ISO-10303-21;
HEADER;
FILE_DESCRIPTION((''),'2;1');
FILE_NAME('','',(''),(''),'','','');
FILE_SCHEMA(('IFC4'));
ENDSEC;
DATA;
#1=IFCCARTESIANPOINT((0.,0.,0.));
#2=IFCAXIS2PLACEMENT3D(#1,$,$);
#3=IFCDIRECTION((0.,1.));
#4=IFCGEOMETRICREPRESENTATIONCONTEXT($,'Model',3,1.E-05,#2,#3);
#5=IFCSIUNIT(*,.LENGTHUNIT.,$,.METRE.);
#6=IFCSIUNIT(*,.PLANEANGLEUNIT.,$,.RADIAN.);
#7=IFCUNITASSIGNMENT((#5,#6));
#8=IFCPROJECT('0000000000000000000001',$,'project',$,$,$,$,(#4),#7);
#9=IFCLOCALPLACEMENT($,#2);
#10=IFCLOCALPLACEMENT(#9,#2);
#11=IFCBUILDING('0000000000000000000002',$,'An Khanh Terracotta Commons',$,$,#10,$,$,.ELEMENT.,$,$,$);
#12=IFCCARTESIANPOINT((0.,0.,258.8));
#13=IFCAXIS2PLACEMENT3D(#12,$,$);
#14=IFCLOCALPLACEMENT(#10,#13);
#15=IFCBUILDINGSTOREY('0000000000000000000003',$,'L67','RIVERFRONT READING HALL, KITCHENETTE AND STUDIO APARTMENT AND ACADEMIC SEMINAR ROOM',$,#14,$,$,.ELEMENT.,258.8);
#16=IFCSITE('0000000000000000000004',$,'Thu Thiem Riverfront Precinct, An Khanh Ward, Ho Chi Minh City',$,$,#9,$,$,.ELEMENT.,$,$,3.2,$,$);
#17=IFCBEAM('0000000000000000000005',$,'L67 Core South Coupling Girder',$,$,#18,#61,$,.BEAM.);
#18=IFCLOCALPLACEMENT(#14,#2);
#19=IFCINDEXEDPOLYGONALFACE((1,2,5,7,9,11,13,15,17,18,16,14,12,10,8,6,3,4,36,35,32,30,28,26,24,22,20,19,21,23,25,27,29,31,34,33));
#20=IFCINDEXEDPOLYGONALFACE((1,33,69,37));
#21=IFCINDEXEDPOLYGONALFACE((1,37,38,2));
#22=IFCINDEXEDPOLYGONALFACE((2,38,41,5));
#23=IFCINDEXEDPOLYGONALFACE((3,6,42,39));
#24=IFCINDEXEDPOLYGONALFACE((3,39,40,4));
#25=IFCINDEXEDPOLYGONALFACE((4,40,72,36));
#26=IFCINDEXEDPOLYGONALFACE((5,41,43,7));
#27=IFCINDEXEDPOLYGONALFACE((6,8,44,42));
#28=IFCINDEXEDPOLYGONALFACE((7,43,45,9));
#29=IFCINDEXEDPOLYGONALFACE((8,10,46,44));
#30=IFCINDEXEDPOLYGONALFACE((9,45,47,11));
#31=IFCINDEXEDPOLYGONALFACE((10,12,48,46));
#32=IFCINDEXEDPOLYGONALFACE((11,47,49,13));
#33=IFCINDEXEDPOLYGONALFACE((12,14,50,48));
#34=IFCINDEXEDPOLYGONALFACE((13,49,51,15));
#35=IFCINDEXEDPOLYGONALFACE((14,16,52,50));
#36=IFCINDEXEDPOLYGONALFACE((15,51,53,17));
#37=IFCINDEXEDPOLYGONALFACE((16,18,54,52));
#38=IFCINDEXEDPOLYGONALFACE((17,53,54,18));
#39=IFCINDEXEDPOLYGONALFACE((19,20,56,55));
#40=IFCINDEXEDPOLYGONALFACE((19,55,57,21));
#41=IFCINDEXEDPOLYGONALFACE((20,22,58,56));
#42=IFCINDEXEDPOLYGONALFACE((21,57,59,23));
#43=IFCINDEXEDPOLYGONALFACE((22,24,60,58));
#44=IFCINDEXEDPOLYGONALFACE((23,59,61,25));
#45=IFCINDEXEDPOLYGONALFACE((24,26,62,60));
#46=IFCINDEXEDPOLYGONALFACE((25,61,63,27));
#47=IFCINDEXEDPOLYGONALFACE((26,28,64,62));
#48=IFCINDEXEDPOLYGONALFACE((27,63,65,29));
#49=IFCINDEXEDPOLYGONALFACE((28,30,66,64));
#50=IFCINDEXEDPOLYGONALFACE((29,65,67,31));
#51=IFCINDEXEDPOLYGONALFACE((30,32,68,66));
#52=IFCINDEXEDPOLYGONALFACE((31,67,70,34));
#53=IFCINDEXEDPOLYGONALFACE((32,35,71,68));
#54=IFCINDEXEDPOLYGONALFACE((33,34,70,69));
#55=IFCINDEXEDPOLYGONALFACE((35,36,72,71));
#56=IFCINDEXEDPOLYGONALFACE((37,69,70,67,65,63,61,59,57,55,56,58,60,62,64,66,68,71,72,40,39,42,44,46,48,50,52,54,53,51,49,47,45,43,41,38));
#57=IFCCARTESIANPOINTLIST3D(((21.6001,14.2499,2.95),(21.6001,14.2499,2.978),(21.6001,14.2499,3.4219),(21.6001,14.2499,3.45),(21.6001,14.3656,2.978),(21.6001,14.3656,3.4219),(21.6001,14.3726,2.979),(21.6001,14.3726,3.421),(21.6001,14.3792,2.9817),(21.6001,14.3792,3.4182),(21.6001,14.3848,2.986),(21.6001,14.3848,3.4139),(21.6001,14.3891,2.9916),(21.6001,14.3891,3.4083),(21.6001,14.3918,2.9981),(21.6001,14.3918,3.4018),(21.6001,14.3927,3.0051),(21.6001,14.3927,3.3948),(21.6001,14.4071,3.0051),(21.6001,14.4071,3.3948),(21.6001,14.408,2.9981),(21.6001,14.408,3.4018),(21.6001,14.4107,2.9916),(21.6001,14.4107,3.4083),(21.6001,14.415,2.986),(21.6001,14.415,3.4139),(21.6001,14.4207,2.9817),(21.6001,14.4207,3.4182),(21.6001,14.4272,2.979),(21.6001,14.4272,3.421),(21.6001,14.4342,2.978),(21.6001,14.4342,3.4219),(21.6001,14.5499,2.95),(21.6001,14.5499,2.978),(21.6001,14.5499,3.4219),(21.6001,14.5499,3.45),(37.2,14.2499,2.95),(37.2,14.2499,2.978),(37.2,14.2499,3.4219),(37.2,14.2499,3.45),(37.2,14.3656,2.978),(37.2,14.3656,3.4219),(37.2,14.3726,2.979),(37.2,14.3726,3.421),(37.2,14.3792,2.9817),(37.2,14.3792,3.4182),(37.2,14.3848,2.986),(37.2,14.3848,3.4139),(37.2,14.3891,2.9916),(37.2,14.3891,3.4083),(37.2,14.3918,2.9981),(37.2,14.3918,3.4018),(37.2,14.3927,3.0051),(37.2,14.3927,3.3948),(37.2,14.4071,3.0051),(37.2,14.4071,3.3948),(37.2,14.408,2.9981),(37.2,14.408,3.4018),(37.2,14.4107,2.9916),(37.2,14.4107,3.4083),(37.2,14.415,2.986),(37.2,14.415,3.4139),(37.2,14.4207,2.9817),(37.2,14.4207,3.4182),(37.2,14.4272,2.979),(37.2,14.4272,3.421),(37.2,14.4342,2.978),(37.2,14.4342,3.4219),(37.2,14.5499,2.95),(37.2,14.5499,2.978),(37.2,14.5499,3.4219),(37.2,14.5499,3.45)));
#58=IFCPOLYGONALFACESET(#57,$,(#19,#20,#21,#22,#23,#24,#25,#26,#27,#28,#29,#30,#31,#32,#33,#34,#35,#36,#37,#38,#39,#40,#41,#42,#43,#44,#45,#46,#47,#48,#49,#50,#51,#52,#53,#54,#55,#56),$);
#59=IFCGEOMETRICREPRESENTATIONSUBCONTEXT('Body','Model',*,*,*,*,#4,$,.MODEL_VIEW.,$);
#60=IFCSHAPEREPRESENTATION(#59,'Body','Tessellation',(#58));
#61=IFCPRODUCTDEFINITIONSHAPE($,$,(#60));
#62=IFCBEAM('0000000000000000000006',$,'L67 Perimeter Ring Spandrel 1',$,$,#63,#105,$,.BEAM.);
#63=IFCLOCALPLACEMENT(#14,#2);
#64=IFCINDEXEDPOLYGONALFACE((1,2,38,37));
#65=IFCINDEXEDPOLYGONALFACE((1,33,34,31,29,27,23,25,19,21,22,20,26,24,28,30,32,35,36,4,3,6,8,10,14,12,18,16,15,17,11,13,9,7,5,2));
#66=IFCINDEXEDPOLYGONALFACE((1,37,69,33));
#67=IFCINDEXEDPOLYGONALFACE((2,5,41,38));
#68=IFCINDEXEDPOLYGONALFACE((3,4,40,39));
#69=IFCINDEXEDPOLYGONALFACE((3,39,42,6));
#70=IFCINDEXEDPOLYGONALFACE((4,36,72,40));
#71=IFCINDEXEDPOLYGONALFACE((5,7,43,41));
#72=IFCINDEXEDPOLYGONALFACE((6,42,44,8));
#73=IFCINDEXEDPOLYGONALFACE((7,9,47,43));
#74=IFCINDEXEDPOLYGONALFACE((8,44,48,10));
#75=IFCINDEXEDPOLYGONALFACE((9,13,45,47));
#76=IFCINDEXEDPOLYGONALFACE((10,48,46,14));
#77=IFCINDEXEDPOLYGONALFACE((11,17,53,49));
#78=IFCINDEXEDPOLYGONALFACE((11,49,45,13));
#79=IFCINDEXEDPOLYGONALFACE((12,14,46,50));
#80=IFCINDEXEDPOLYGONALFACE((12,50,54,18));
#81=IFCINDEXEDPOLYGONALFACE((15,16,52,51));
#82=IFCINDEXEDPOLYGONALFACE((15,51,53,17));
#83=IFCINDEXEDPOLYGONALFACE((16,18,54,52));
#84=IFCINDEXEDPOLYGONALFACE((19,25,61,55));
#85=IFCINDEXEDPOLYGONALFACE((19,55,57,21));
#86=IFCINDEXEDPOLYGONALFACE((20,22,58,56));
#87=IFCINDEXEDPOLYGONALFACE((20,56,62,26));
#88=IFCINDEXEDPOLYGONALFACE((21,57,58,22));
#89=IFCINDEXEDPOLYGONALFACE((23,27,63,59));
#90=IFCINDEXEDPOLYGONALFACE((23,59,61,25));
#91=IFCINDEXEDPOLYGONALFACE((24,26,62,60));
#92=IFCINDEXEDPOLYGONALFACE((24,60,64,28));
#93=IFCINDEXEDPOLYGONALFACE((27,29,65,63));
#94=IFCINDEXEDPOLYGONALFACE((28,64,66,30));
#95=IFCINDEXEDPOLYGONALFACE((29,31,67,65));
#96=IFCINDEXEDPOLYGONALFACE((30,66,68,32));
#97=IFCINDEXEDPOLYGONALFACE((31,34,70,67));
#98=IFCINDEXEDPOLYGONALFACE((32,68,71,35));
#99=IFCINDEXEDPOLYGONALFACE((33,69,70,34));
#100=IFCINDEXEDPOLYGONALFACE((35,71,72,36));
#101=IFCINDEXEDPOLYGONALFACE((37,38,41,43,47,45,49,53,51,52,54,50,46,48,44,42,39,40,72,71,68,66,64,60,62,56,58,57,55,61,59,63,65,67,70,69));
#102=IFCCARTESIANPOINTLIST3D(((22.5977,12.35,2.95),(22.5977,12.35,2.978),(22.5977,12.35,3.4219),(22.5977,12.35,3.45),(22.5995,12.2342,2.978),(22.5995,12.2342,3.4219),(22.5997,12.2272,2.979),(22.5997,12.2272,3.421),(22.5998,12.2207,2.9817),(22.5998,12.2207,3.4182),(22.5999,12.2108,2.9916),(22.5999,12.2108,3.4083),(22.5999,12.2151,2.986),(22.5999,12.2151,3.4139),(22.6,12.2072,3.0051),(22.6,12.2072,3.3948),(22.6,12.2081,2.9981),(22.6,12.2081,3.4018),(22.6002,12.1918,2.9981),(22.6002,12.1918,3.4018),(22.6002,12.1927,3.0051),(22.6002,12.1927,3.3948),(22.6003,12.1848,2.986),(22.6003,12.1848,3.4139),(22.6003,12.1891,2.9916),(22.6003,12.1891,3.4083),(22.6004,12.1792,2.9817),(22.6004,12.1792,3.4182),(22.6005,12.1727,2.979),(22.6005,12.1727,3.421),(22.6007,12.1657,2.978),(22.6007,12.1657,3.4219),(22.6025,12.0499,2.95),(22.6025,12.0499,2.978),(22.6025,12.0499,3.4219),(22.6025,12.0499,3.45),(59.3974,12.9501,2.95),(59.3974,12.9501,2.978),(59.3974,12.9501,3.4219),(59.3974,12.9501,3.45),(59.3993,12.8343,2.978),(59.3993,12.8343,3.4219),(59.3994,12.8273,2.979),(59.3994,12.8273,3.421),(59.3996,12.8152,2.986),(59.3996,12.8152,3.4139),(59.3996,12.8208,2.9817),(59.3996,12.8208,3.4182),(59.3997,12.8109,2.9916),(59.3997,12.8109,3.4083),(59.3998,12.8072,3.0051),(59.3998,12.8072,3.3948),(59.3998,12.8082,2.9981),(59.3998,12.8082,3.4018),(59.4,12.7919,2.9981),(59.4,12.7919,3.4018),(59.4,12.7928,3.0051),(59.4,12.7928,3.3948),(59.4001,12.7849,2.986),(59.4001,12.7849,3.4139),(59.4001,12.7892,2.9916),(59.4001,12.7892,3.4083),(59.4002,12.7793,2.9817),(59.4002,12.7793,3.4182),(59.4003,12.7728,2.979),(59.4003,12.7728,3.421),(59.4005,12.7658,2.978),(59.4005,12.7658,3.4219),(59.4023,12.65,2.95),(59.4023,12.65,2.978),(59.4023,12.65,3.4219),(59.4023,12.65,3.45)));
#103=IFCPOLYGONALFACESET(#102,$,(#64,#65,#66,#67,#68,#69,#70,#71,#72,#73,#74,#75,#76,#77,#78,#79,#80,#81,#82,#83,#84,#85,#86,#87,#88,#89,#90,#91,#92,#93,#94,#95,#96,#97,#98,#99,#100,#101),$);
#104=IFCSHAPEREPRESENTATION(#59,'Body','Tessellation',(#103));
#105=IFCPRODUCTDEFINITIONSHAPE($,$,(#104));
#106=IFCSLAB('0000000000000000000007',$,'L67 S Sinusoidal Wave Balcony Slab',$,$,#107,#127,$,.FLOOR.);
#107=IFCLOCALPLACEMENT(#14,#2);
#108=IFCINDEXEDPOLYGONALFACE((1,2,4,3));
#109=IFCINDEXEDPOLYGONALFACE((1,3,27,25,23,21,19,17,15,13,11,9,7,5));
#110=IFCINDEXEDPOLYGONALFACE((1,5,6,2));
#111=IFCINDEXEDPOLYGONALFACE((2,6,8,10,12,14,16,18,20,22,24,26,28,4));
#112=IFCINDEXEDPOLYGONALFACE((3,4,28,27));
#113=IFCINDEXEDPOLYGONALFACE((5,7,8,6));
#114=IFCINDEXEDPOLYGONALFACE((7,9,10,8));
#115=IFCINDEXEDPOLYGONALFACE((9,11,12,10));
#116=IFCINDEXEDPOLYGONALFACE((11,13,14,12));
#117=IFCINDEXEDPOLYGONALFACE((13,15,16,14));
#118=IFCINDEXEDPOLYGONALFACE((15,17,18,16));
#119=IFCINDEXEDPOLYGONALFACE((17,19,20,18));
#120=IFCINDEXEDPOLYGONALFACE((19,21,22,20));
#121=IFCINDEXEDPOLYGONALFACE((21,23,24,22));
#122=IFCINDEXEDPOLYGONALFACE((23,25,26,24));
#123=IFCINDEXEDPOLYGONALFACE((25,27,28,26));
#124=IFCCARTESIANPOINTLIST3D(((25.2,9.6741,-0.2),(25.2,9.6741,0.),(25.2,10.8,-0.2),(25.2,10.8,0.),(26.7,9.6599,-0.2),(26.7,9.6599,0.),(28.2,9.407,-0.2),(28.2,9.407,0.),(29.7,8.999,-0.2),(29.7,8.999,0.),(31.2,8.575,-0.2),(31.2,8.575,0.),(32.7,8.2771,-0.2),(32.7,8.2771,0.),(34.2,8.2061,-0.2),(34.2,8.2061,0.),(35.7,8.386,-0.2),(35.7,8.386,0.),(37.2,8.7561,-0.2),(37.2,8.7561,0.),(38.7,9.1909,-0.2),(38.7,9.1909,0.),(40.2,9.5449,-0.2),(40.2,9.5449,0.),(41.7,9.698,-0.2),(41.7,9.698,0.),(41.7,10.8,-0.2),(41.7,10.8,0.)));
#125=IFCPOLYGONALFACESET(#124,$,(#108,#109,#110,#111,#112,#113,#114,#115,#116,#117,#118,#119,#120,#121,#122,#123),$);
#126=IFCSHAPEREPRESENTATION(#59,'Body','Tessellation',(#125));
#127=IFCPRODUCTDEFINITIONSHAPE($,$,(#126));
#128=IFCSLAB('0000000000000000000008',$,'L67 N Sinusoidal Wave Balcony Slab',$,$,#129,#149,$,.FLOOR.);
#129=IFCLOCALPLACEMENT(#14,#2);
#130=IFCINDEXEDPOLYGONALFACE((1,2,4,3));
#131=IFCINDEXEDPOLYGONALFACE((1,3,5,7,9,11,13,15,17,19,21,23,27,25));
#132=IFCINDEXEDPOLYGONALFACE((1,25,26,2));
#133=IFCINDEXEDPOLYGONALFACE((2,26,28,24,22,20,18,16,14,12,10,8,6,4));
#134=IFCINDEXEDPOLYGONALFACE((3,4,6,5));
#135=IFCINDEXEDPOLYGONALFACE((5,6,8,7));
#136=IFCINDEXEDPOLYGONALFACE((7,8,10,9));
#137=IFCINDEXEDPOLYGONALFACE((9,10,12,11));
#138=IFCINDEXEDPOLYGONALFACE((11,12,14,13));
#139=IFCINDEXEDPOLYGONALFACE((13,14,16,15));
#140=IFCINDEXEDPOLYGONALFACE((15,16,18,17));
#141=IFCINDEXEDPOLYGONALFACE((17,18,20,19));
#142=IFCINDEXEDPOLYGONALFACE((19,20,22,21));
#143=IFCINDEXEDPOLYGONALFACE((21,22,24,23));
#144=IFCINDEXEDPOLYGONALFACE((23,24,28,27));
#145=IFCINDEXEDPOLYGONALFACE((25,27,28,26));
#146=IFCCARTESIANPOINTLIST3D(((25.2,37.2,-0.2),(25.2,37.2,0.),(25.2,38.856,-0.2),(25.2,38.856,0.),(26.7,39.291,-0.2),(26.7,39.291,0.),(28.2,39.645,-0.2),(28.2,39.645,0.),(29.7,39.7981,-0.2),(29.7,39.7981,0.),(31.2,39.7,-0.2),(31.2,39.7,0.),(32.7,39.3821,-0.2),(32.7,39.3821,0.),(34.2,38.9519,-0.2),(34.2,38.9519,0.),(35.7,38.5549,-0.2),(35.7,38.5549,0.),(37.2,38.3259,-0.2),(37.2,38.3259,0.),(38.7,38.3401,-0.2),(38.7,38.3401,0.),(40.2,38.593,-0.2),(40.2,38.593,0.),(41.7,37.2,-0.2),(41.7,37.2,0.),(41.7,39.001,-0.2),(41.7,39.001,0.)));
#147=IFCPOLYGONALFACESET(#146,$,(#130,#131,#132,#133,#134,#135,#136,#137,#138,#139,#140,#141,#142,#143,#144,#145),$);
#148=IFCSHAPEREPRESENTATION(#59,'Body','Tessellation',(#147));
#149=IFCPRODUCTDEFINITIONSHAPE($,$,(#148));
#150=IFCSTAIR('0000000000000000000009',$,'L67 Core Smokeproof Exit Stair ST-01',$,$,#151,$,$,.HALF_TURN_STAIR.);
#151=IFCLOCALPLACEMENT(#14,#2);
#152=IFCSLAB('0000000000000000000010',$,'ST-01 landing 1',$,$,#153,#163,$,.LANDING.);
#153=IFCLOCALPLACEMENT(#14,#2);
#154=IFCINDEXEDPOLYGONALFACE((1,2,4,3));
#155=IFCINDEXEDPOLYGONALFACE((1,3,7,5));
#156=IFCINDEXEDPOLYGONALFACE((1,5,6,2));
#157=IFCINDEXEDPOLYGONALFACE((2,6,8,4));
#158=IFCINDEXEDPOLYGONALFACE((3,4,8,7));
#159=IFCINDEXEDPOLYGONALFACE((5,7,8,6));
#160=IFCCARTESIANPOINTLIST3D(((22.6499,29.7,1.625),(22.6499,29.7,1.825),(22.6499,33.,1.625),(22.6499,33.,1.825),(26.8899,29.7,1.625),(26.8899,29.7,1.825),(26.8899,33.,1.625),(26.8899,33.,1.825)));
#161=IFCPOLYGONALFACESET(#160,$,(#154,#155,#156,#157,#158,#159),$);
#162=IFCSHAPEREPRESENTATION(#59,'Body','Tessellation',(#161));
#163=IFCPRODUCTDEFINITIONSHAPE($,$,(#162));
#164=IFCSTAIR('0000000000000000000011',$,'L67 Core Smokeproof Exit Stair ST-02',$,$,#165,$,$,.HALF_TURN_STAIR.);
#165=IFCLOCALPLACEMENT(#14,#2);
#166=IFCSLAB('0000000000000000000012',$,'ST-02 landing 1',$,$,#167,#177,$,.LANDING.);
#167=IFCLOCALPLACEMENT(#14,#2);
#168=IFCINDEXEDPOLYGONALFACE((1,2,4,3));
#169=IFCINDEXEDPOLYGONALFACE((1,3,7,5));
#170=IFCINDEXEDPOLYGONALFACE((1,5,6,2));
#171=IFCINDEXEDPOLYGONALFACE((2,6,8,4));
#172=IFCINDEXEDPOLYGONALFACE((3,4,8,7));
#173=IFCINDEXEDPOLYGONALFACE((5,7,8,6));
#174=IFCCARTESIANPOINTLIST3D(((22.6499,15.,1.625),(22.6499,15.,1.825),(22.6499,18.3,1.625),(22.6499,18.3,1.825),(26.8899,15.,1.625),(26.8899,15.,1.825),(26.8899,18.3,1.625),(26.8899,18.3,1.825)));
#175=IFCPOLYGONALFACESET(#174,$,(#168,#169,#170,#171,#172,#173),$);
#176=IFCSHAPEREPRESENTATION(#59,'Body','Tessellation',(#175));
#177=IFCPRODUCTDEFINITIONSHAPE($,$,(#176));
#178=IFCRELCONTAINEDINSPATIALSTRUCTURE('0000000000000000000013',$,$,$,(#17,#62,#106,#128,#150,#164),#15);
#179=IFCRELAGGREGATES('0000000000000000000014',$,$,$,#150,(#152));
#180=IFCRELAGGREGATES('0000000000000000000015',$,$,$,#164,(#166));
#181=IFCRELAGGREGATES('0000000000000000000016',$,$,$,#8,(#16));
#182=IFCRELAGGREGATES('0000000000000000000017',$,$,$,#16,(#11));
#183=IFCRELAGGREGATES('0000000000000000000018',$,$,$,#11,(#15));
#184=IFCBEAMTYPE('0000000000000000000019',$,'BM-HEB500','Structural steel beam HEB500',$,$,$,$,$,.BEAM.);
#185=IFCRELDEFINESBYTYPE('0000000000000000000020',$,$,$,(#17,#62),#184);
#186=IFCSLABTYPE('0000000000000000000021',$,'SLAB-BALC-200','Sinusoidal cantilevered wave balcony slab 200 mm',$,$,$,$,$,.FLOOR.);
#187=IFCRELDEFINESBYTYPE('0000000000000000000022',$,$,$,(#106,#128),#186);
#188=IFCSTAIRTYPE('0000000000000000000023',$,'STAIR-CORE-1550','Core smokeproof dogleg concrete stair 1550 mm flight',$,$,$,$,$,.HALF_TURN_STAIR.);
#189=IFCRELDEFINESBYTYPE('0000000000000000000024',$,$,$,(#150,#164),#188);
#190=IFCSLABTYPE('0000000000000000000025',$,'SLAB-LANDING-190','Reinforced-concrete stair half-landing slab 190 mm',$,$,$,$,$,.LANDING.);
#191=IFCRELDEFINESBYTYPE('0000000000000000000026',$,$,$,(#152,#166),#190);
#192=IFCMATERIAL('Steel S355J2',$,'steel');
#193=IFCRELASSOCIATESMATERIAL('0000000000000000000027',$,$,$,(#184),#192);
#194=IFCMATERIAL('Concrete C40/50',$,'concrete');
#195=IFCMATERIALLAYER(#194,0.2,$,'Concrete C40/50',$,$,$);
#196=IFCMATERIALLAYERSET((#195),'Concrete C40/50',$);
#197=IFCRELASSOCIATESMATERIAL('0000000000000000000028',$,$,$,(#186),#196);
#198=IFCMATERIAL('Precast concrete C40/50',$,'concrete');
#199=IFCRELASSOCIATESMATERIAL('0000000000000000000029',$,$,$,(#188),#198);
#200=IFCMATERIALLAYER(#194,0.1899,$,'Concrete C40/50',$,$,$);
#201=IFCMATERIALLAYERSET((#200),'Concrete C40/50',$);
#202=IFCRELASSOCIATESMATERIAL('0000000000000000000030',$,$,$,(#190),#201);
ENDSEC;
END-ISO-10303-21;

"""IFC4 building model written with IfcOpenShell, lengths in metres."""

from ifc_helpers import new_model, si_unit, direction, frame, origin, origin_2d, place, context, subcontext, project, spatial, polyline, i_section, outline, extrude, material, layer, layer_set, material_profile, profile_set, type_object, element, aggregate, save


model = new_model("IFC4")

# Units and contexts
model_context = context("Model", 3, precision=1e-05, world=origin(), true_north=direction((0.0, 1.0)))
body_context = subcontext(model_context, "Body", "Model", "MODEL_VIEW")
ifc_project = project(units=[si_unit("LENGTHUNIT", "METRE"), si_unit("PLANEANGLEUNIT", "RADIAN")], contexts=[model_context])

# Site, building, storey
site_placement = place(None, origin())
site = spatial("IfcSite", under=ifc_project, at=site_placement, Name="Thu Thiem Riverfront Precinct, An Khanh Ward, Ho Chi Minh City", CompositionType="ELEMENT", RefElevation=3.2)
building_placement = place(site_placement, origin())
building = spatial("IfcBuilding", under=site, at=building_placement, Name="An Khanh Terracotta Commons", CompositionType="ELEMENT")
storey_placement = place(building_placement, frame((0.0, 0.0, 258.8)))
storey = spatial("IfcBuildingStorey", under=building, at=storey_placement, Name="L67", Description="RIVERFRONT READING HALL, KITCHENETTE AND STUDIO APARTMENT AND ACADEMIC SEMINAR ROOM", CompositionType="ELEMENT", Elevation=258.8)

# Beams
ifc_material_1 = material(Name="Steel S355J2", Category="steel")
ifc_material_profile_1 = material_profile(ifc_material_1, i_section(OverallWidth=0.3, OverallDepth=0.5, WebThickness=0.0144, FlangeThickness=0.0281, FilletRadius=0.0271, at=origin_2d()), Name="HEB500")
ifc_profile_set_1 = profile_set([ifc_material_profile_1], Name="Steel S355J2")
beam_type_1 = type_object("IfcBeamType", Name="BM-HEB500", Description="Structural steel beam HEB500", PredefinedType="BEAM", material=ifc_profile_set_1)
beam_1_placement = place(storey_placement, frame((21.6001, 14.3999, 3.2), z_axis=(1.0, 0.0, 0.0), x_axis=(0.0, 1.0, 0.0)))
element("IfcBeam", 1, at=beam_1_placement, inside=storey, type_object=beam_type_1, Name="L67 Core South Coupling Girder", PredefinedType="BEAM", context=body_context, shape_type="SweptSolid", body=[
    extrude(i_section(OverallWidth=0.3, OverallDepth=0.5, WebThickness=0.0144, FlangeThickness=0.0281, FilletRadius=0.0271, at=origin_2d()), origin(), (0.0, 0.0, 1.0), 15.5999),
])
beam_2_placement = place(storey_placement, frame((22.6001, 12.2, 3.2), z_axis=(0.999867, 0.016305, 0.0), x_axis=(-0.016305, 0.999867, 0.0)))
element("IfcBeam", 2, at=beam_2_placement, inside=storey, type_object=beam_type_1, Name="L67 Perimeter Ring Spandrel 1", PredefinedType="BEAM", context=body_context, shape_type="SweptSolid", body=[
    extrude(i_section(OverallWidth=0.3, OverallDepth=0.5, WebThickness=0.0144, FlangeThickness=0.0281, FilletRadius=0.0271, at=origin_2d()), origin(), (0.0, 0.0, 1.0), 36.8047),
])

# Slabs
ifc_material_2 = material(Name="Concrete C40/50", Category="concrete")
ifc_layer_1 = layer(ifc_material_2, 0.2, Name="Concrete C40/50")
ifc_layer_set_1 = layer_set([ifc_layer_1], Name="Concrete C40/50")
slab_type_1 = type_object("IfcSlabType", Name="SLAB-BALC-200", Description="Sinusoidal cantilevered wave balcony slab 200 mm", PredefinedType="FLOOR", material=ifc_layer_set_1)
slab_1_placement = place(storey_placement, frame((0.0, 0.0, -0.2)))
element("IfcSlab", 3, at=slab_1_placement, inside=storey, type_object=slab_type_1, Name="L67 S Sinusoidal Wave Balcony Slab", PredefinedType="FLOOR", context=body_context, shape_type="SweptSolid", body=[
    extrude(outline(polyline([(25.2, 10.8), (25.2, 9.6741), (26.7, 9.6599), (28.2, 9.407), (29.7, 8.999), (31.2, 8.575), (32.7, 8.2771), (34.2, 8.2061), (35.7, 8.386), (37.2, 8.7561), (38.7, 9.1909), (40.2, 9.5449), (41.7, 9.698), (41.7, 10.8), (25.2, 10.8)])), origin(), (0.0, 0.0, 1.0), 0.2),
])
slab_2_placement = place(storey_placement, frame((0.0, 0.0, -0.2)))
element("IfcSlab", 4, at=slab_2_placement, inside=storey, type_object=slab_type_1, Name="L67 N Sinusoidal Wave Balcony Slab", PredefinedType="FLOOR", context=body_context, shape_type="SweptSolid", body=[
    extrude(outline(polyline([(41.7, 37.2), (41.7, 39.001), (40.2, 38.593), (38.7, 38.3401), (37.2, 38.3259), (35.7, 38.5549), (34.2, 38.9519), (32.7, 39.3821), (31.2, 39.7), (29.7, 39.7981), (28.2, 39.645), (26.7, 39.291), (25.2, 38.856), (25.2, 37.2), (41.7, 37.2)])), origin(), (0.0, 0.0, 1.0), 0.2),
])

# Stairs, slabs
ifc_material_3 = material(Name="Precast concrete C40/50", Category="concrete")
stair_type = type_object("IfcStairType", Name="STAIR-CORE-1550", Description="Core smokeproof dogleg concrete stair 1550 mm flight", PredefinedType="HALF_TURN_STAIR", material=ifc_material_3)
stair_1_placement = place(storey_placement, origin())
stair_1 = element("IfcStair", 5, at=stair_1_placement, inside=storey, type_object=stair_type, Name="L67 Core Smokeproof Exit Stair ST-01", PredefinedType="HALF_TURN_STAIR")
ifc_layer_2 = layer(ifc_material_2, 0.1899, Name="Concrete C40/50")
ifc_layer_set_2 = layer_set([ifc_layer_2], Name="Concrete C40/50")
slab_type_2 = type_object("IfcSlabType", Name="SLAB-LANDING-190", Description="Reinforced-concrete stair half-landing slab 190 mm", PredefinedType="LANDING", material=ifc_layer_set_2)
slab_3_placement = place(storey_placement, frame((0.0, 0.0, 1.625)))
slab_3 = element("IfcSlab", 6, at=slab_3_placement, type_object=slab_type_2, Name="ST-01 landing 1", PredefinedType="LANDING", context=body_context, shape_type="SweptSolid", body=[
    extrude(outline(polyline([(26.8899, 33.0), (22.6499, 33.0), (22.6499, 29.7), (26.8899, 29.7), (26.8899, 33.0)])), origin(), (0.0, 0.0, 1.0), 0.2),
])
aggregate(stair_1, [slab_3])
stair_2_placement = place(storey_placement, origin())
stair_2 = element("IfcStair", 7, at=stair_2_placement, inside=storey, type_object=stair_type, Name="L67 Core Smokeproof Exit Stair ST-02", PredefinedType="HALF_TURN_STAIR")
slab_4_placement = place(storey_placement, frame((0.0, 0.0, 1.625)))
slab_4 = element("IfcSlab", 8, at=slab_4_placement, type_object=slab_type_2, Name="ST-02 landing 1", PredefinedType="LANDING", context=body_context, shape_type="SweptSolid", body=[
    extrude(outline(polyline([(26.8899, 18.3), (22.6499, 18.3), (22.6499, 15.0), (26.8899, 15.0), (26.8899, 18.3)])), origin(), (0.0, 0.0, 1.0), 0.2),
])

aggregate(stair_2, [slab_4])

save(model, "model.ifc")
